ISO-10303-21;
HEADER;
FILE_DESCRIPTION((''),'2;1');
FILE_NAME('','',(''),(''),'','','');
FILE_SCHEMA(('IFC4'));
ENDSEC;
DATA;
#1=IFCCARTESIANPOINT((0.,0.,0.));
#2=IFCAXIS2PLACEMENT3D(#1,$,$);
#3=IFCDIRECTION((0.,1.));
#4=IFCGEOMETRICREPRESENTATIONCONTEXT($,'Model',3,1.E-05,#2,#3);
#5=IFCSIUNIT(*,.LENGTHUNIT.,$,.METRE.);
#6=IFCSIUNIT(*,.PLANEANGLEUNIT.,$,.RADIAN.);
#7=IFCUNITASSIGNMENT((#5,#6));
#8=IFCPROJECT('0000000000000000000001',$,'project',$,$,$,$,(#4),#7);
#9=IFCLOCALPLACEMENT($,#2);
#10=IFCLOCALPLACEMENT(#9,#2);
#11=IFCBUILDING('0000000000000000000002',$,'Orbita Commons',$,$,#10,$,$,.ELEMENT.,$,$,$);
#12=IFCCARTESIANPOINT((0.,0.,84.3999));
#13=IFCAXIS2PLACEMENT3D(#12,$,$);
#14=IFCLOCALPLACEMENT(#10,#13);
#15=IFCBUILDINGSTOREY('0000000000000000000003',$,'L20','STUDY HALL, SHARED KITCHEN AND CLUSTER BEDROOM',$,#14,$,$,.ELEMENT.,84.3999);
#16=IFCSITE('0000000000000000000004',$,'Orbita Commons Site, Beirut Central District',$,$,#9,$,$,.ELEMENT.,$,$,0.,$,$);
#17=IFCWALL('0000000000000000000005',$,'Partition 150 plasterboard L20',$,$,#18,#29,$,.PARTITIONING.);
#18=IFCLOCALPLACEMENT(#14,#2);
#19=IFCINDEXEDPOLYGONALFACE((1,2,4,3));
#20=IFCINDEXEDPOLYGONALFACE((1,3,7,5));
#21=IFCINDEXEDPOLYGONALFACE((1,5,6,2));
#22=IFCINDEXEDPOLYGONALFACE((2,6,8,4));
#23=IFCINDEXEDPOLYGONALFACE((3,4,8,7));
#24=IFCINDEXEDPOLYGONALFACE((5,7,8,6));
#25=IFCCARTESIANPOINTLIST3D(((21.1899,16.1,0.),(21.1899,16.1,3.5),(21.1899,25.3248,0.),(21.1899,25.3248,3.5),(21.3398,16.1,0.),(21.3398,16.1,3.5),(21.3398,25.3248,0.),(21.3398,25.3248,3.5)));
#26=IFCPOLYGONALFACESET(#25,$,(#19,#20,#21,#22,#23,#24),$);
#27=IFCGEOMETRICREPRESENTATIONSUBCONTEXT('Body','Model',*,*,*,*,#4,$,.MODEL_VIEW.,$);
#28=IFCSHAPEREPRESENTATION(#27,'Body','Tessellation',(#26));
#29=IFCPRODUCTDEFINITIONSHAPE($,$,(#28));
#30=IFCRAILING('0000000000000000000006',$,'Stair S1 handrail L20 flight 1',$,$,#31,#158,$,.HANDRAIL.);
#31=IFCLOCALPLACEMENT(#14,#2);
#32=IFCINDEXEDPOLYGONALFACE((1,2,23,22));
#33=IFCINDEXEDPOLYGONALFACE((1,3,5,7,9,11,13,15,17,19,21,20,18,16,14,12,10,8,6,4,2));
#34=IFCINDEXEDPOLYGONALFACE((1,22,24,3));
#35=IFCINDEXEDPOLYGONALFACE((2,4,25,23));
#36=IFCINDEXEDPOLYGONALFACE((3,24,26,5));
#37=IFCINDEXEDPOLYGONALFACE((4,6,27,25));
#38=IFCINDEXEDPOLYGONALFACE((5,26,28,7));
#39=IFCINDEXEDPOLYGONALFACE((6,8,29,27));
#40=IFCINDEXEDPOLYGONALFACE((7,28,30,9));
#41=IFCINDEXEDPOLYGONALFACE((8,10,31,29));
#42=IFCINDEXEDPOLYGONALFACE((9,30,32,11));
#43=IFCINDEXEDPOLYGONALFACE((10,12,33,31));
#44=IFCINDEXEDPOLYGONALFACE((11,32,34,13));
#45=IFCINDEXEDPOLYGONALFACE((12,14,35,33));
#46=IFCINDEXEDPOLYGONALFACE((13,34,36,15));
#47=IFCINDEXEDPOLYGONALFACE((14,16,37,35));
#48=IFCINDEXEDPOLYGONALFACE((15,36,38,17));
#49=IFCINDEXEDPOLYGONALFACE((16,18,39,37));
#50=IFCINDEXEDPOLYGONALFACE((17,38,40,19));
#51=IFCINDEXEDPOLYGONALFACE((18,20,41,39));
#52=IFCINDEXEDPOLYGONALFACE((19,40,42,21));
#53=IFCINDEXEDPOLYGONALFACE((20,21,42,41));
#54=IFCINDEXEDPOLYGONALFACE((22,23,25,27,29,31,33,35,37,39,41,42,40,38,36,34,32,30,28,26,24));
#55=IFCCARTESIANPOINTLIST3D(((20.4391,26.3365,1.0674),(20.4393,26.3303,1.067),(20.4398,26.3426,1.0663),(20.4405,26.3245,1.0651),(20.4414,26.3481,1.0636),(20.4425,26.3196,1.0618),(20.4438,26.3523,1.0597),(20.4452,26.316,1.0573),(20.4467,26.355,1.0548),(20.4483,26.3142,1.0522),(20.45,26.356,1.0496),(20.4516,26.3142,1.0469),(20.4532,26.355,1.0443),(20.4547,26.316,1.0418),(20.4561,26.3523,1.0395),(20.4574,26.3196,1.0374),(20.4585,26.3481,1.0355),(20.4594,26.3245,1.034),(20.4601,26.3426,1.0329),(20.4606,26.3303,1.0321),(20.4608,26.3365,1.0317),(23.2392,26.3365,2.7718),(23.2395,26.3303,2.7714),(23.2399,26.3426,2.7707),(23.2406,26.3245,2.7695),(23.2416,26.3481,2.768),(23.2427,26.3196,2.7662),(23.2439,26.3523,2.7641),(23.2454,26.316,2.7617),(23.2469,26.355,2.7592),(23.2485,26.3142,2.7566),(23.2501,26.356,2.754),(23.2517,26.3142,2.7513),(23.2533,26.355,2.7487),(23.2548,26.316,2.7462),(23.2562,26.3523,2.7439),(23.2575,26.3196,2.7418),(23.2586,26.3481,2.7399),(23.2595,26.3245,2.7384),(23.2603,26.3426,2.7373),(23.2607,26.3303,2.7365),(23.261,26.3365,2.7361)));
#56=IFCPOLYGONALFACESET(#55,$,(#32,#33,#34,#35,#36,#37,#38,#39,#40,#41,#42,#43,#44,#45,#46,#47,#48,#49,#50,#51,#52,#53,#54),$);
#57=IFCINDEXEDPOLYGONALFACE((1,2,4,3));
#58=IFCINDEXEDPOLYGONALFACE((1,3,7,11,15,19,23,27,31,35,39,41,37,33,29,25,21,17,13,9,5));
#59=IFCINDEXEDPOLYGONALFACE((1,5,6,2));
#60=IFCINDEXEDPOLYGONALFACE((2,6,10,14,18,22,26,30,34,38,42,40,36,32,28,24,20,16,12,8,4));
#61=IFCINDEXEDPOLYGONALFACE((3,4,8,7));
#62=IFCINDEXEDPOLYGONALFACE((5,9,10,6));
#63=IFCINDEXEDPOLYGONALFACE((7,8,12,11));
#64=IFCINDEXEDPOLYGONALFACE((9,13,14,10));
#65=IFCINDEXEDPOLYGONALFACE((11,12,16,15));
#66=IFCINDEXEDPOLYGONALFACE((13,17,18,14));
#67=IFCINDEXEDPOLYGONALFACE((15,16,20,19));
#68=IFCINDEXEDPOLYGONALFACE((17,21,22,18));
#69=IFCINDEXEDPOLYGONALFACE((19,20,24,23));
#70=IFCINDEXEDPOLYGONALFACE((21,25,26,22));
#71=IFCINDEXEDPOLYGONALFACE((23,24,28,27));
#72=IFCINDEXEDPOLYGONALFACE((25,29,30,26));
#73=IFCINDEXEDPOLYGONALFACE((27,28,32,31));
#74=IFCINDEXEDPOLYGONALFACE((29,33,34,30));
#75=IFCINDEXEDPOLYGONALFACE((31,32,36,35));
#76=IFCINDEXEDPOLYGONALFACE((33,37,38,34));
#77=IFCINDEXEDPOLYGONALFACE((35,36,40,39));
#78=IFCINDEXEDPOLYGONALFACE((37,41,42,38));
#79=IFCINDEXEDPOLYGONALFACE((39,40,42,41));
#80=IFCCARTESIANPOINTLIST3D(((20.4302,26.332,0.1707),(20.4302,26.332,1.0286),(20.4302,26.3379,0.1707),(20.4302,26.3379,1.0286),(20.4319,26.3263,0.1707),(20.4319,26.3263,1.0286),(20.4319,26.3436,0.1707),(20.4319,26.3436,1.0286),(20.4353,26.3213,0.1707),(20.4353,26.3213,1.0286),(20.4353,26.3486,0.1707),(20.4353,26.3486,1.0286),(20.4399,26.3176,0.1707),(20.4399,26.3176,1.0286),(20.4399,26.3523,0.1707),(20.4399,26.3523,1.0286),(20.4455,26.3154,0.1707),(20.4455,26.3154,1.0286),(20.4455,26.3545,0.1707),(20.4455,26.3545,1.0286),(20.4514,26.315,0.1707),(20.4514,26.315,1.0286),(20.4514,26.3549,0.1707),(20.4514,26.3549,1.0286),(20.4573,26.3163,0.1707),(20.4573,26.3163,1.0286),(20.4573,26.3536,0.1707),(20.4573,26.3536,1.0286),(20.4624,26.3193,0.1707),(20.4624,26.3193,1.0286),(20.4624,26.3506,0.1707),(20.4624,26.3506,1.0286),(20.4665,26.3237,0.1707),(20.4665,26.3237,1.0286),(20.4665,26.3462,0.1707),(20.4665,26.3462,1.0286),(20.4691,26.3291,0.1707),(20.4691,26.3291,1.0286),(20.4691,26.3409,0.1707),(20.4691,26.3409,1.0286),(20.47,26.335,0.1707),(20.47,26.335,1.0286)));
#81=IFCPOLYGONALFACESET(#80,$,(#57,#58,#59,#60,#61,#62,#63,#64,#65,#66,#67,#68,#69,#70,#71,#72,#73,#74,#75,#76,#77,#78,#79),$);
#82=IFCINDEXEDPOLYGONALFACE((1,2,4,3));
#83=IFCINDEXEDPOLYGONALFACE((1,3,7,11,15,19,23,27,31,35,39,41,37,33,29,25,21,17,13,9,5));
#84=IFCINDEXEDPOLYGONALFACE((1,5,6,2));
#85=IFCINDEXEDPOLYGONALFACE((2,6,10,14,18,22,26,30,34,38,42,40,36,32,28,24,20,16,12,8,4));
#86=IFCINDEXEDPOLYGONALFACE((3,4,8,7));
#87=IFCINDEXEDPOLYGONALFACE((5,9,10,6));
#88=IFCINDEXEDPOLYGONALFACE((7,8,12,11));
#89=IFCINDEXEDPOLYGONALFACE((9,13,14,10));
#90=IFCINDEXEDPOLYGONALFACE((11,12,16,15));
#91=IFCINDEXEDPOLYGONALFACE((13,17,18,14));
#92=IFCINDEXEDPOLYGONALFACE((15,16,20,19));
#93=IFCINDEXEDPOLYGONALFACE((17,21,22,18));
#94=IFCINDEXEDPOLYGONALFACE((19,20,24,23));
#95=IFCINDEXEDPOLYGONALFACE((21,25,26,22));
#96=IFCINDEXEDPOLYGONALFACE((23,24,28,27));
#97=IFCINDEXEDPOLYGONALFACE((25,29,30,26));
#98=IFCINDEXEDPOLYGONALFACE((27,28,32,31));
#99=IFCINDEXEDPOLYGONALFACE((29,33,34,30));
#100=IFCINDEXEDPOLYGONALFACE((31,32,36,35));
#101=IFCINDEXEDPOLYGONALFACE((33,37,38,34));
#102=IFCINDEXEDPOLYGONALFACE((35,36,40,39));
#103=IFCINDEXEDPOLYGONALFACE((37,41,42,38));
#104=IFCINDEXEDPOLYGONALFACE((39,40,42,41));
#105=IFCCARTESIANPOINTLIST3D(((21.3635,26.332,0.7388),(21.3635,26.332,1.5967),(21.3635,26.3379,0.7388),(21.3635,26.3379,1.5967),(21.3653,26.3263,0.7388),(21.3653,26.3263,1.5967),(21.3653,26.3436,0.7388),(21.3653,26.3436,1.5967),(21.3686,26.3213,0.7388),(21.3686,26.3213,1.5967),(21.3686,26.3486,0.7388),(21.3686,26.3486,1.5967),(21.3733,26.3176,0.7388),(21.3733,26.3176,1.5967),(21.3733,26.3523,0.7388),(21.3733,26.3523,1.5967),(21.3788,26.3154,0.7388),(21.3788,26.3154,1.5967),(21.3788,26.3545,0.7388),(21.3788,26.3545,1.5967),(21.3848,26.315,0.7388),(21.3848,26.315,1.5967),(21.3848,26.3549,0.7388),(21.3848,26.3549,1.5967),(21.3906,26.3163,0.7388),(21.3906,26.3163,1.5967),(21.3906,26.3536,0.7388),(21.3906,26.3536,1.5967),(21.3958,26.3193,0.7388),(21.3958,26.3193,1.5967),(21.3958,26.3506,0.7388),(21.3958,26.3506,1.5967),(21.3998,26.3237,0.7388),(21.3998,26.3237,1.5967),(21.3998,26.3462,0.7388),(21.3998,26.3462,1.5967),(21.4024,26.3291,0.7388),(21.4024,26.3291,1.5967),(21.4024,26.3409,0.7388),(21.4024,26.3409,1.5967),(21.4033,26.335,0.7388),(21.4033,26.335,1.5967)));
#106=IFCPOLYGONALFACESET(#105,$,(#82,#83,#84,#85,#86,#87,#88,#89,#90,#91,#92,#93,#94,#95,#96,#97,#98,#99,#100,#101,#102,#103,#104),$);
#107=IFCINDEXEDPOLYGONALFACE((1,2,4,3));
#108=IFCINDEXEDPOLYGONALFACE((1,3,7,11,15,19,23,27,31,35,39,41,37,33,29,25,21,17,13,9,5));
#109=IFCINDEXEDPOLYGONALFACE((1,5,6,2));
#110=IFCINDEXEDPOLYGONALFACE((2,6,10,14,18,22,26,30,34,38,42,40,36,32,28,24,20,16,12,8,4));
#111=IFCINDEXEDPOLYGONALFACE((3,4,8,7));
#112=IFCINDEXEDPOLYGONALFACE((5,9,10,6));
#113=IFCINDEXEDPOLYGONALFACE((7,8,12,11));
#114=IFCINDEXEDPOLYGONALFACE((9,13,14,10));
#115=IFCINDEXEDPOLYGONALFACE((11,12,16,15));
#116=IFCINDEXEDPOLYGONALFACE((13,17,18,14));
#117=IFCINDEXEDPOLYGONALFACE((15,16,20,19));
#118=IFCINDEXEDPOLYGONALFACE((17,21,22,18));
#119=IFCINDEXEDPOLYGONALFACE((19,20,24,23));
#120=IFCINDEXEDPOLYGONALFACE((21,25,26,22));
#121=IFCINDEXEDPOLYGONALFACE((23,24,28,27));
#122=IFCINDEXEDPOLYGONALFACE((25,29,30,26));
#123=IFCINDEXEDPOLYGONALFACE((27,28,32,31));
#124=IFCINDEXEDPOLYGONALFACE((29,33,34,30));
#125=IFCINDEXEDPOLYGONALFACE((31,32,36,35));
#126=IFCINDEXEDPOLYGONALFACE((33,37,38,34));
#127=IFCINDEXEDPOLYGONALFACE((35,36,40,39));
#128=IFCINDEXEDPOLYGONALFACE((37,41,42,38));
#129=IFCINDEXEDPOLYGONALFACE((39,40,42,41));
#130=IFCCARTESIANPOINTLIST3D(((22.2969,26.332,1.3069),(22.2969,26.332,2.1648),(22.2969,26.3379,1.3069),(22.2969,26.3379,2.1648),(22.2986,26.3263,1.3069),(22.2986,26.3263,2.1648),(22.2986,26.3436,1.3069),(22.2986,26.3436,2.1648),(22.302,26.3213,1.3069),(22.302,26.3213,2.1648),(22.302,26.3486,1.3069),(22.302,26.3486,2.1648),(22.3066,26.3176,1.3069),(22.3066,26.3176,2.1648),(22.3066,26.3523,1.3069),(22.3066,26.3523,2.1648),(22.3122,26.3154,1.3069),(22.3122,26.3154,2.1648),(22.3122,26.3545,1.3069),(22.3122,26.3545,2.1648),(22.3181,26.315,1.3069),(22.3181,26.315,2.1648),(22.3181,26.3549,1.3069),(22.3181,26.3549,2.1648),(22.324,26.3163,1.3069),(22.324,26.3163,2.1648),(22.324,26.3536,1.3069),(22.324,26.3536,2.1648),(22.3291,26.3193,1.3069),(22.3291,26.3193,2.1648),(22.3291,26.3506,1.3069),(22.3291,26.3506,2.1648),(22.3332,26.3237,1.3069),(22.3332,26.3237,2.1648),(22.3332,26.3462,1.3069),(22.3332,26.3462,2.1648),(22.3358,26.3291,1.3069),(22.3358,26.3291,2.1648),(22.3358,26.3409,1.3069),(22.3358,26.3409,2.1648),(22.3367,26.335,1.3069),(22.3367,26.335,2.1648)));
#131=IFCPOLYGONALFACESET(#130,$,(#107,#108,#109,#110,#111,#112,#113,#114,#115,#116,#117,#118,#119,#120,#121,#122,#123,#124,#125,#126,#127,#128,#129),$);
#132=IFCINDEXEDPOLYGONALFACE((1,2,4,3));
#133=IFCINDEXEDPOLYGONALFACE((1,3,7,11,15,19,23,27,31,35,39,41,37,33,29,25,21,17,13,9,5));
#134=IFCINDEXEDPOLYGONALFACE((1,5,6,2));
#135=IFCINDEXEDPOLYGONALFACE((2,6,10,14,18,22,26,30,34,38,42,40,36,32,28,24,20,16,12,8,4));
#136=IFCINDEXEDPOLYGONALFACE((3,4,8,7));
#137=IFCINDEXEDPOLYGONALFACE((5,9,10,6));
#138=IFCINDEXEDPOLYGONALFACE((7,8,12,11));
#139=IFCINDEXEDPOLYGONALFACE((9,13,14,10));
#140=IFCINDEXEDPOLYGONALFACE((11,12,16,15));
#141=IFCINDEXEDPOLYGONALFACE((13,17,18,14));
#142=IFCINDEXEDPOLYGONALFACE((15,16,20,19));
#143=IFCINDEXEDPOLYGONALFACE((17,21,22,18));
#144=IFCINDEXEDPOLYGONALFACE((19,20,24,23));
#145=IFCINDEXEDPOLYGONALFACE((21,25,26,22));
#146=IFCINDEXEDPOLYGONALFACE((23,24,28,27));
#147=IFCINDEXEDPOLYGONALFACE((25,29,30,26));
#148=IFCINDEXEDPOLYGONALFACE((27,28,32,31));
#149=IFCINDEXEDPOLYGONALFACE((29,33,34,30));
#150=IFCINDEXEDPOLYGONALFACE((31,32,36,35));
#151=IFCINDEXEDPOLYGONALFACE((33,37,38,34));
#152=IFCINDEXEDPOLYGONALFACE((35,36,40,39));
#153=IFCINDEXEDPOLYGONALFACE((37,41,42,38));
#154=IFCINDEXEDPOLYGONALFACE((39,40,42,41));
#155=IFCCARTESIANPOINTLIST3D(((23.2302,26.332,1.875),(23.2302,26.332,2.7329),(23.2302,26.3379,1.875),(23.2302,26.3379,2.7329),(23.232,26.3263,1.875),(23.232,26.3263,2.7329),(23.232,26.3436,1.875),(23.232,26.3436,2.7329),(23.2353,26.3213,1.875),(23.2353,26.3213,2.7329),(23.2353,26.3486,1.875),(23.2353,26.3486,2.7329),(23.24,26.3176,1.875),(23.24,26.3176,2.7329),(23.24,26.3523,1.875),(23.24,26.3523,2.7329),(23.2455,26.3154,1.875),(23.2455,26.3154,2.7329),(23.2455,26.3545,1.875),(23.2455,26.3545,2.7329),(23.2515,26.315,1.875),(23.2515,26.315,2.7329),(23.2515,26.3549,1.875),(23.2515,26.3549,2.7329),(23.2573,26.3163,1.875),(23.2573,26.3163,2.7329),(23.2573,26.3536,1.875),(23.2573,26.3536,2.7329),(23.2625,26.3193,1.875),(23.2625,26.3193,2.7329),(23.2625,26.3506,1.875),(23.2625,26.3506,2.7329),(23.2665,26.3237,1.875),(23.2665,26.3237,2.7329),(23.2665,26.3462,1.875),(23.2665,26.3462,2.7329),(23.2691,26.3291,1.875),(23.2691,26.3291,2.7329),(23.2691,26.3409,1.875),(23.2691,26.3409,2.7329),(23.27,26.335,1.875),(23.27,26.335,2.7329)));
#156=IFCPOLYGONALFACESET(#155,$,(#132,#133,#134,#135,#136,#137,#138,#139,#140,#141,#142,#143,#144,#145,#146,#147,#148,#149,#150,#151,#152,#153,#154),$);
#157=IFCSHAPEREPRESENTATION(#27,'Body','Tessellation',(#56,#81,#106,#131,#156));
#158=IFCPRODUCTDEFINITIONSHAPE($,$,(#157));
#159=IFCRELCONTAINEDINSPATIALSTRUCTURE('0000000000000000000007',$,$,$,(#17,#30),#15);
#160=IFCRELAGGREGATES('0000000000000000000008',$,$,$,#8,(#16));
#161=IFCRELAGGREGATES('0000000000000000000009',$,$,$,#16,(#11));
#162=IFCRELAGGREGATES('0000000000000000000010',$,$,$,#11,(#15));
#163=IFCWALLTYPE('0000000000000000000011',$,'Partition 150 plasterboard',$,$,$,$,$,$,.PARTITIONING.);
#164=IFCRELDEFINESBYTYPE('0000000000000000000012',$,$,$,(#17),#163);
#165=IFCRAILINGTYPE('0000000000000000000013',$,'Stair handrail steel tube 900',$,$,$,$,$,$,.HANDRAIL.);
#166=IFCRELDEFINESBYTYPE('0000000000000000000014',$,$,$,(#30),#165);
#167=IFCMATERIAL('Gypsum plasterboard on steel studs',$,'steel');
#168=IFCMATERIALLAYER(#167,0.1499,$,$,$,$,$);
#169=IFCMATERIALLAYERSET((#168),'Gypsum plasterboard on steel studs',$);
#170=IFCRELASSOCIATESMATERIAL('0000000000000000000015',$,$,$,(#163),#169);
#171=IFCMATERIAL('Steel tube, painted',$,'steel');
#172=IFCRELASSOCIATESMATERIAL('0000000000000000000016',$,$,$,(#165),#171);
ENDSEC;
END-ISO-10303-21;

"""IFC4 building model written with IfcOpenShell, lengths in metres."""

from ifc_helpers import new_model, si_unit, direction, frame, frame_2d, origin, origin_2d, place, context, subcontext, project, spatial, rectangle, circle, extrude, material, layer, layer_set, type_object, element, save


model = new_model("IFC4")

# Units and contexts
model_context = context("Model", 3, precision=1e-05, world=origin(), true_north=direction((0.0, 1.0)))
body_context = subcontext(model_context, "Body", "Model", "MODEL_VIEW")
ifc_project = project(units=[si_unit("LENGTHUNIT", "METRE"), si_unit("PLANEANGLEUNIT", "RADIAN")], contexts=[model_context])

# Site, building, storey
site_placement = place(None, origin())
site = spatial("IfcSite", under=ifc_project, at=site_placement, Name="Orbita Commons Site, Beirut Central District", CompositionType="ELEMENT", RefElevation=0.0)
building_placement = place(site_placement, origin())
building = spatial("IfcBuilding", under=site, at=building_placement, Name="Orbita Commons", CompositionType="ELEMENT")
storey_placement = place(building_placement, frame((0.0, 0.0, 84.3999)))
storey = spatial("IfcBuildingStorey", under=building, at=storey_placement, Name="L20", Description="STUDY HALL, SHARED KITCHEN AND CLUSTER BEDROOM", CompositionType="ELEMENT", Elevation=84.3999)

# Wall
ifc_material_1 = material(Name="Gypsum plasterboard on steel studs", Category="steel")
ifc_layer_1 = layer(ifc_material_1, 0.1499)
ifc_layer_set_1 = layer_set([ifc_layer_1], Name="Gypsum plasterboard on steel studs")
wall_type_1 = type_object("IfcWallType", Name="Partition 150 plasterboard", PredefinedType="PARTITIONING", material=ifc_layer_set_1)
wall_1_placement = place(storey_placement, frame((21.2649, 16.1001, 0.0), z_axis=(0.0, 0.0, 1.0), x_axis=(0.0, 1.0, 0.0)))
element("IfcWall", 1, at=wall_1_placement, inside=storey, type_object=wall_type_1, Name="Partition 150 plasterboard L20", PredefinedType="PARTITIONING", context=body_context, shape_type="SweptSolid", body=[
    extrude(rectangle(XDim=9.2249, YDim=0.1499, at=frame_2d((4.6123, 0.0))), origin(), (0.0, 0.0, 1.0), 3.5),
])

# Railing
ifc_material_2 = material(Name="Steel tube, painted", Category="steel")
railing_type = type_object("IfcRailingType", Name="Stair handrail steel tube 900", PredefinedType="HANDRAIL", material=ifc_material_2)
railing_placement = place(storey_placement, frame((20.45, 26.335, 0.1707)))
element("IfcRailing", 2, at=railing_placement, inside=storey, type_object=railing_type, Name="Stair S1 handrail L20 flight 1", PredefinedType="HANDRAIL", context=body_context, shape_type="SweptSolid", body=[
    extrude(circle(Radius=0.021, at=origin_2d()), frame((0.0, 0.0, 0.8789), z_axis=(0.854203, 0.0, 0.51994), x_axis=(0.0, 1.0, 0.0)), (0.0, 0.0, 1.0), 3.2781),
    extrude(circle(Radius=0.02, at=origin_2d()), origin(), (0.0, 0.0, 1.0), 0.8579),
    extrude(circle(Radius=0.02, at=origin_2d()), frame((0.9333, 0.0, 0.5681)), (0.0, 0.0, 1.0), 0.8579),
    extrude(circle(Radius=0.02, at=origin_2d()), frame((1.8667, 0.0, 1.1362)), (0.0, 0.0, 1.0), 0.8579),
    extrude(circle(Radius=0.02, at=origin_2d()), frame((2.8, 0.0, 1.7043)), (0.0, 0.0, 1.0), 0.8579),
])

save(model, "model.ifc")
